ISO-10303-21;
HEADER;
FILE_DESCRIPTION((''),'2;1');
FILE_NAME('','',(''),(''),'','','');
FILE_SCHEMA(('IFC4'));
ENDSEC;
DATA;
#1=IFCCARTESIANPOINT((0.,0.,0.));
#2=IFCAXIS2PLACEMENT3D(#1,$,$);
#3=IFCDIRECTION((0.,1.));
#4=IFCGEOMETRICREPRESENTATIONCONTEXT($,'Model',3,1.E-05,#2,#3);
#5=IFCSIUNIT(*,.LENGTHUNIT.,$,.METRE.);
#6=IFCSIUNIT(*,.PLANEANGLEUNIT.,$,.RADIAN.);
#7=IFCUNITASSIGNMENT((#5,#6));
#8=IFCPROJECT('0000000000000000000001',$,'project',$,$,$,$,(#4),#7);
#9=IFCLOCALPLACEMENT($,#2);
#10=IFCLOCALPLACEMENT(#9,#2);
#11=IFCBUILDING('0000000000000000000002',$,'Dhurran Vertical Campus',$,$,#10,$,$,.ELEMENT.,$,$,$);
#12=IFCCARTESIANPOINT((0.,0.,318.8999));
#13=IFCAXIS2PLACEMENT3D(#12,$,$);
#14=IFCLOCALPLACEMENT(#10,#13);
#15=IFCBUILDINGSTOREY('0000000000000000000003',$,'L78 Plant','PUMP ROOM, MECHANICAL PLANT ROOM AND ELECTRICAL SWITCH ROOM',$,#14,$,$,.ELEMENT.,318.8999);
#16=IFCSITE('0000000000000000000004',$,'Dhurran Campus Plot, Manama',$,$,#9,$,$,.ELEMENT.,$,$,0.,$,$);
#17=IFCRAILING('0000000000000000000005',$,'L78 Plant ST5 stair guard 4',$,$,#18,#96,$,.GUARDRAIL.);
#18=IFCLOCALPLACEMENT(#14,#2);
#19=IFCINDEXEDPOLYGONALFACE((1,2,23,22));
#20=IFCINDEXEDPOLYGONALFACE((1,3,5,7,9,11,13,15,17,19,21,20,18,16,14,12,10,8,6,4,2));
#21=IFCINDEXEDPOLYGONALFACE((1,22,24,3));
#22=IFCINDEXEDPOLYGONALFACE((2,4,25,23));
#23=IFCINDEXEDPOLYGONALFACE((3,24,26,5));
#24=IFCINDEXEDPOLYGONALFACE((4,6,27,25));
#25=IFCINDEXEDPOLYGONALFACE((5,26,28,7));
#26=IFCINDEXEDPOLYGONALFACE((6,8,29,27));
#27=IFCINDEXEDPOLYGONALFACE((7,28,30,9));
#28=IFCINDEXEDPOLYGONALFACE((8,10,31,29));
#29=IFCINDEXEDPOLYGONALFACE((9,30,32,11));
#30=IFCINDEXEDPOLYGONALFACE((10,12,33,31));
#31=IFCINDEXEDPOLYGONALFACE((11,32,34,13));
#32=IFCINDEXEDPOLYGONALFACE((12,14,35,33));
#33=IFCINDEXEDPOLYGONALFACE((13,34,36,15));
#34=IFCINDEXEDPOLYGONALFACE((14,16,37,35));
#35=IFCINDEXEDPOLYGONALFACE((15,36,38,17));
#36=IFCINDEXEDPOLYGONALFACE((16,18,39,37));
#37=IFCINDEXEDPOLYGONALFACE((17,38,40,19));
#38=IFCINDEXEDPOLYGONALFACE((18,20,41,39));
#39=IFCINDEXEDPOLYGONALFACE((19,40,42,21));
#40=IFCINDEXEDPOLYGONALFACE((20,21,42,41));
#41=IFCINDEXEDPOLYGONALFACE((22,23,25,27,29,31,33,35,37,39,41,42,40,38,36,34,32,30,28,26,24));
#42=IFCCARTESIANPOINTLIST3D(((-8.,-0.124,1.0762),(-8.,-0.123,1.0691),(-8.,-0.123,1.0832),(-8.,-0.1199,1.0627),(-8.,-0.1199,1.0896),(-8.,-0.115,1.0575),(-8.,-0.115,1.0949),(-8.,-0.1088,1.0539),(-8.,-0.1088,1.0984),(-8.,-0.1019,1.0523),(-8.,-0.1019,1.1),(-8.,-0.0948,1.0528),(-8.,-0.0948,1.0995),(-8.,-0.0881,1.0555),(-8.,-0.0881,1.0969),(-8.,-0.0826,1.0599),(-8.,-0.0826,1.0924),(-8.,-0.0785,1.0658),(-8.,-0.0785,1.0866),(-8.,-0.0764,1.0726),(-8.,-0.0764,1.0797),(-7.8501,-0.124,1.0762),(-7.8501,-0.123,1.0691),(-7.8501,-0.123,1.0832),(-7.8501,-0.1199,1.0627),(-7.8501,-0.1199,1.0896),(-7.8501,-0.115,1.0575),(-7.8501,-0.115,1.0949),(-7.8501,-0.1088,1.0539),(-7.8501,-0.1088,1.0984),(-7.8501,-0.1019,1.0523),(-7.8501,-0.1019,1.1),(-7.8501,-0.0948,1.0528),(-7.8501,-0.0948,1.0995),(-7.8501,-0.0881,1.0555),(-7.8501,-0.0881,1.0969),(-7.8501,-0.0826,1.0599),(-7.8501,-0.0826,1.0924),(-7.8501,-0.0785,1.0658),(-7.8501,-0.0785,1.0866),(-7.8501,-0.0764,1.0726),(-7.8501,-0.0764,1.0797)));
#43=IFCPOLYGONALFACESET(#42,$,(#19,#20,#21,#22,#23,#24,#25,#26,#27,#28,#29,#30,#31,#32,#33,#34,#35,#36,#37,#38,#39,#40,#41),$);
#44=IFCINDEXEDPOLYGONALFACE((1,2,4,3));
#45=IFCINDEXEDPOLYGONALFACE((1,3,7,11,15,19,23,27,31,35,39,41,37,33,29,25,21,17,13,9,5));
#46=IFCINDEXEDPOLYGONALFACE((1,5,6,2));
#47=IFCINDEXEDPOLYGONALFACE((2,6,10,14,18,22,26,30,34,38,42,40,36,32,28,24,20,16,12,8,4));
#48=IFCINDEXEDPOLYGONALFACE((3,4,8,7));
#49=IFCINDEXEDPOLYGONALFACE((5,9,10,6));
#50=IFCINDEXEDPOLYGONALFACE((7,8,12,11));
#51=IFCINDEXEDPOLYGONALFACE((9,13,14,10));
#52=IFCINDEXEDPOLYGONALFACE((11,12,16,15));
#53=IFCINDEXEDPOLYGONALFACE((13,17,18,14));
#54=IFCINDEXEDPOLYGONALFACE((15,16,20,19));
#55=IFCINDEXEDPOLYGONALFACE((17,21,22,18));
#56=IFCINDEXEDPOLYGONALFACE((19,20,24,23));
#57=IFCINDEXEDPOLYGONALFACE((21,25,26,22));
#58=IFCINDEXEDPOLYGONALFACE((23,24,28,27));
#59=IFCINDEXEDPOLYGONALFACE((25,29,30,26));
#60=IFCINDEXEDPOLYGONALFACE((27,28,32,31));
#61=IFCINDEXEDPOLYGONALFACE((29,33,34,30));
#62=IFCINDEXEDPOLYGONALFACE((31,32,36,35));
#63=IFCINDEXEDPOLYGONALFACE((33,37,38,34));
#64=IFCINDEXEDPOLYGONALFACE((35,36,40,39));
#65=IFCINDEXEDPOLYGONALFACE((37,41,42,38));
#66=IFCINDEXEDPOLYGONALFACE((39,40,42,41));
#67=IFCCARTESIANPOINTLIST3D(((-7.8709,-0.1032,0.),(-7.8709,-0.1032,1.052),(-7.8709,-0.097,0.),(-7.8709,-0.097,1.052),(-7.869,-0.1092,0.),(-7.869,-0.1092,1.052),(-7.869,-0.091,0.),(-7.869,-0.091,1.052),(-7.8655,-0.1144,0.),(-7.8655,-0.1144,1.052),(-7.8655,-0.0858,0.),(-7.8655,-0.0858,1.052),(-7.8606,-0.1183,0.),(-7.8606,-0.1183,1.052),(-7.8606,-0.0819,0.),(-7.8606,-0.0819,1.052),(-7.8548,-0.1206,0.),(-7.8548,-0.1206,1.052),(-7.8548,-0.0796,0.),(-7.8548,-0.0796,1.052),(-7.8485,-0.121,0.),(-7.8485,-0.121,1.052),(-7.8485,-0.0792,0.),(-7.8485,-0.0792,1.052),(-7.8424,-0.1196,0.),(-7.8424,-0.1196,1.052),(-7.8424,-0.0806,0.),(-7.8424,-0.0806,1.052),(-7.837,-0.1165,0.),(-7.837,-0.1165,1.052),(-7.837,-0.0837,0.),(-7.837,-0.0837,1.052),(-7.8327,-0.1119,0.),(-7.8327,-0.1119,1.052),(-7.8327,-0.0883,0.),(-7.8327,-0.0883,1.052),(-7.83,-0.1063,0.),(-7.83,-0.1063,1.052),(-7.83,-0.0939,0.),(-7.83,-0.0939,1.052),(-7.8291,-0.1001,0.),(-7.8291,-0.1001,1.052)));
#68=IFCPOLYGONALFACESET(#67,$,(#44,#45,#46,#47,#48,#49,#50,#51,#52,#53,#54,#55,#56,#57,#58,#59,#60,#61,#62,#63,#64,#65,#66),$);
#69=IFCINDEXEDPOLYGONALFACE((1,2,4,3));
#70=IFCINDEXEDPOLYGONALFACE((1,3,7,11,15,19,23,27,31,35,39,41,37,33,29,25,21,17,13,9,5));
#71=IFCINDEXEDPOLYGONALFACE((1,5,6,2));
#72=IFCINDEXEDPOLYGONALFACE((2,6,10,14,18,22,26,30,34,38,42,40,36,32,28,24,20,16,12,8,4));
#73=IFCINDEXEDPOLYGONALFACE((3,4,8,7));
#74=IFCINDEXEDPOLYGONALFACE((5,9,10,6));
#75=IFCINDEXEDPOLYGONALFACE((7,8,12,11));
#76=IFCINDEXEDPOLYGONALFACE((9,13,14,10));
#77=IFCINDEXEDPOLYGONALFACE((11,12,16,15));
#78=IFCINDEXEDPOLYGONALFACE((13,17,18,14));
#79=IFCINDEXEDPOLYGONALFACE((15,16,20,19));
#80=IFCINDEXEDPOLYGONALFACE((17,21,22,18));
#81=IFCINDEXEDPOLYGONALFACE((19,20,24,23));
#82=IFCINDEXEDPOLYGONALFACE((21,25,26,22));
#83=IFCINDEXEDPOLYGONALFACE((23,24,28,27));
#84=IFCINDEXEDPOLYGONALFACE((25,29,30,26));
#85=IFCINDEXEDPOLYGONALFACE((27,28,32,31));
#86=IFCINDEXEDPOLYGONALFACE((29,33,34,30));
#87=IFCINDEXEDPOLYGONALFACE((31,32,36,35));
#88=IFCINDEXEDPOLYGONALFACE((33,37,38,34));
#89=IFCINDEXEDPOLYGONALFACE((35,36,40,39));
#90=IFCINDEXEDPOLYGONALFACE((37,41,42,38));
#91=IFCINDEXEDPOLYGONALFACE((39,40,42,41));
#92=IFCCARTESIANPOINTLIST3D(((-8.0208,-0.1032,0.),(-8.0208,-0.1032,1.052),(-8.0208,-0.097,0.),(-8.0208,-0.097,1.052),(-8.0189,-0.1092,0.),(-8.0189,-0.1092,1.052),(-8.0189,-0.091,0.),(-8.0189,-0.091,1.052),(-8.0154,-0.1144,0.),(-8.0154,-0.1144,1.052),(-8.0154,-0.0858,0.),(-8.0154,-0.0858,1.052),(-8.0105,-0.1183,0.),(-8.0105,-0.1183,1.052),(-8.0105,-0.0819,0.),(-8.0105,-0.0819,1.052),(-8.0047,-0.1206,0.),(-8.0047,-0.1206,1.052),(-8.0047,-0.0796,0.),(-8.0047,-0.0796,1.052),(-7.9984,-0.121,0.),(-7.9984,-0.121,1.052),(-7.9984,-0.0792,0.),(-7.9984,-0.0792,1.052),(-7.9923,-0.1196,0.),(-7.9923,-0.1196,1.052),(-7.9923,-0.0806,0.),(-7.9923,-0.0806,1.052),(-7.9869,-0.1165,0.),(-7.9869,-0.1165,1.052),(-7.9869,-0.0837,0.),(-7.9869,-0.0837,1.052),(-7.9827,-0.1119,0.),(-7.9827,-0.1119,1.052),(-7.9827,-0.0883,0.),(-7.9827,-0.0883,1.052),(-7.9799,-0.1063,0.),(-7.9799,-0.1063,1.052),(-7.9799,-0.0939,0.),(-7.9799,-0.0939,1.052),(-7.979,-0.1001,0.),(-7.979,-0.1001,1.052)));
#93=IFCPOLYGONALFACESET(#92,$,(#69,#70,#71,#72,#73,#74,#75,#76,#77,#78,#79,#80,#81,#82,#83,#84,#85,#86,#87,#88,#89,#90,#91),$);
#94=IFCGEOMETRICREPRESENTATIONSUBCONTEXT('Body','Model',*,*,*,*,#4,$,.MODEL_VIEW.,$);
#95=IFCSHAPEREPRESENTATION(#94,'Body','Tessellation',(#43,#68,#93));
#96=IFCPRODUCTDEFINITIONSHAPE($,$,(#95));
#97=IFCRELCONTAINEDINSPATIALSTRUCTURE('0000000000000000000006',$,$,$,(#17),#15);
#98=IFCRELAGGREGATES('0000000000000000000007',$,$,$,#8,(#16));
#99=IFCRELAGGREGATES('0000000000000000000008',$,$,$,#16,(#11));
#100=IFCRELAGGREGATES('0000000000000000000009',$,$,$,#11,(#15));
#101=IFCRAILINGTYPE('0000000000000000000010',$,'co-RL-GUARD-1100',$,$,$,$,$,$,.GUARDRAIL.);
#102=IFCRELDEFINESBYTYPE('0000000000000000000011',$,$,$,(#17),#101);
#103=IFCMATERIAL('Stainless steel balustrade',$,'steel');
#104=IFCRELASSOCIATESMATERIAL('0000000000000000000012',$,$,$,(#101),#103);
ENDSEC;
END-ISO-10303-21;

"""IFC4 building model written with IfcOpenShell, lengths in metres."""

from ifc_helpers import new_model, si_unit, direction, frame, origin, origin_2d, place, context, subcontext, project, spatial, circle, extrude, material, type_object, element, save


model = new_model("IFC4")

# Units and contexts
model_context = context("Model", 3, precision=1e-05, world=origin(), true_north=direction((0.0, 1.0)))
body_context = subcontext(model_context, "Body", "Model", "MODEL_VIEW")
ifc_project = project(units=[si_unit("LENGTHUNIT", "METRE"), si_unit("PLANEANGLEUNIT", "RADIAN")], contexts=[model_context])

# Site, building, storey
site_placement = place(None, origin())
site = spatial("IfcSite", under=ifc_project, at=site_placement, Name="Dhurran Campus Plot, Manama", CompositionType="ELEMENT", RefElevation=0.0)
building_placement = place(site_placement, origin())
building = spatial("IfcBuilding", under=site, at=building_placement, Name="Dhurran Vertical Campus", CompositionType="ELEMENT")
storey_placement = place(building_placement, frame((0.0, 0.0, 318.8999)))
storey = spatial("IfcBuildingStorey", under=building, at=storey_placement, Name="L78 Plant", Description="PUMP ROOM, MECHANICAL PLANT ROOM AND ELECTRICAL SWITCH ROOM", CompositionType="ELEMENT", Elevation=318.8999)

# Railing
ifc_material_1 = material(Name="Stainless steel balustrade", Category="steel")
railing_type = type_object("IfcRailingType", Name="co-RL-GUARD-1100", PredefinedType="GUARDRAIL", material=ifc_material_1)
railing_1_placement = place(storey_placement, frame((-7.8501, -0.1001, 0.0)))
element("IfcRailing", 1, at=railing_1_placement, inside=storey, type_object=railing_type, Name="L78 Plant ST5 stair guard 4", PredefinedType="GUARDRAIL", context=body_context, shape_type="SweptSolid", body=[
    extrude(circle(Radius=0.0239, at=origin_2d()), frame((0.0, 0.0, 1.0762), z_axis=(-1.0, 0.0, 0.0), x_axis=(0.0, -1.0, 0.0)), (0.0, 0.0, 1.0), 0.1499),
    extrude(circle(Radius=0.021, at=origin_2d()), origin(), (0.0, 0.0, 1.0), 1.052),
    extrude(circle(Radius=0.021, at=origin_2d()), frame((-0.1499, 0.0, 0.0)), (0.0, 0.0, 1.0), 1.052),
])

save(model, "model.ifc")
